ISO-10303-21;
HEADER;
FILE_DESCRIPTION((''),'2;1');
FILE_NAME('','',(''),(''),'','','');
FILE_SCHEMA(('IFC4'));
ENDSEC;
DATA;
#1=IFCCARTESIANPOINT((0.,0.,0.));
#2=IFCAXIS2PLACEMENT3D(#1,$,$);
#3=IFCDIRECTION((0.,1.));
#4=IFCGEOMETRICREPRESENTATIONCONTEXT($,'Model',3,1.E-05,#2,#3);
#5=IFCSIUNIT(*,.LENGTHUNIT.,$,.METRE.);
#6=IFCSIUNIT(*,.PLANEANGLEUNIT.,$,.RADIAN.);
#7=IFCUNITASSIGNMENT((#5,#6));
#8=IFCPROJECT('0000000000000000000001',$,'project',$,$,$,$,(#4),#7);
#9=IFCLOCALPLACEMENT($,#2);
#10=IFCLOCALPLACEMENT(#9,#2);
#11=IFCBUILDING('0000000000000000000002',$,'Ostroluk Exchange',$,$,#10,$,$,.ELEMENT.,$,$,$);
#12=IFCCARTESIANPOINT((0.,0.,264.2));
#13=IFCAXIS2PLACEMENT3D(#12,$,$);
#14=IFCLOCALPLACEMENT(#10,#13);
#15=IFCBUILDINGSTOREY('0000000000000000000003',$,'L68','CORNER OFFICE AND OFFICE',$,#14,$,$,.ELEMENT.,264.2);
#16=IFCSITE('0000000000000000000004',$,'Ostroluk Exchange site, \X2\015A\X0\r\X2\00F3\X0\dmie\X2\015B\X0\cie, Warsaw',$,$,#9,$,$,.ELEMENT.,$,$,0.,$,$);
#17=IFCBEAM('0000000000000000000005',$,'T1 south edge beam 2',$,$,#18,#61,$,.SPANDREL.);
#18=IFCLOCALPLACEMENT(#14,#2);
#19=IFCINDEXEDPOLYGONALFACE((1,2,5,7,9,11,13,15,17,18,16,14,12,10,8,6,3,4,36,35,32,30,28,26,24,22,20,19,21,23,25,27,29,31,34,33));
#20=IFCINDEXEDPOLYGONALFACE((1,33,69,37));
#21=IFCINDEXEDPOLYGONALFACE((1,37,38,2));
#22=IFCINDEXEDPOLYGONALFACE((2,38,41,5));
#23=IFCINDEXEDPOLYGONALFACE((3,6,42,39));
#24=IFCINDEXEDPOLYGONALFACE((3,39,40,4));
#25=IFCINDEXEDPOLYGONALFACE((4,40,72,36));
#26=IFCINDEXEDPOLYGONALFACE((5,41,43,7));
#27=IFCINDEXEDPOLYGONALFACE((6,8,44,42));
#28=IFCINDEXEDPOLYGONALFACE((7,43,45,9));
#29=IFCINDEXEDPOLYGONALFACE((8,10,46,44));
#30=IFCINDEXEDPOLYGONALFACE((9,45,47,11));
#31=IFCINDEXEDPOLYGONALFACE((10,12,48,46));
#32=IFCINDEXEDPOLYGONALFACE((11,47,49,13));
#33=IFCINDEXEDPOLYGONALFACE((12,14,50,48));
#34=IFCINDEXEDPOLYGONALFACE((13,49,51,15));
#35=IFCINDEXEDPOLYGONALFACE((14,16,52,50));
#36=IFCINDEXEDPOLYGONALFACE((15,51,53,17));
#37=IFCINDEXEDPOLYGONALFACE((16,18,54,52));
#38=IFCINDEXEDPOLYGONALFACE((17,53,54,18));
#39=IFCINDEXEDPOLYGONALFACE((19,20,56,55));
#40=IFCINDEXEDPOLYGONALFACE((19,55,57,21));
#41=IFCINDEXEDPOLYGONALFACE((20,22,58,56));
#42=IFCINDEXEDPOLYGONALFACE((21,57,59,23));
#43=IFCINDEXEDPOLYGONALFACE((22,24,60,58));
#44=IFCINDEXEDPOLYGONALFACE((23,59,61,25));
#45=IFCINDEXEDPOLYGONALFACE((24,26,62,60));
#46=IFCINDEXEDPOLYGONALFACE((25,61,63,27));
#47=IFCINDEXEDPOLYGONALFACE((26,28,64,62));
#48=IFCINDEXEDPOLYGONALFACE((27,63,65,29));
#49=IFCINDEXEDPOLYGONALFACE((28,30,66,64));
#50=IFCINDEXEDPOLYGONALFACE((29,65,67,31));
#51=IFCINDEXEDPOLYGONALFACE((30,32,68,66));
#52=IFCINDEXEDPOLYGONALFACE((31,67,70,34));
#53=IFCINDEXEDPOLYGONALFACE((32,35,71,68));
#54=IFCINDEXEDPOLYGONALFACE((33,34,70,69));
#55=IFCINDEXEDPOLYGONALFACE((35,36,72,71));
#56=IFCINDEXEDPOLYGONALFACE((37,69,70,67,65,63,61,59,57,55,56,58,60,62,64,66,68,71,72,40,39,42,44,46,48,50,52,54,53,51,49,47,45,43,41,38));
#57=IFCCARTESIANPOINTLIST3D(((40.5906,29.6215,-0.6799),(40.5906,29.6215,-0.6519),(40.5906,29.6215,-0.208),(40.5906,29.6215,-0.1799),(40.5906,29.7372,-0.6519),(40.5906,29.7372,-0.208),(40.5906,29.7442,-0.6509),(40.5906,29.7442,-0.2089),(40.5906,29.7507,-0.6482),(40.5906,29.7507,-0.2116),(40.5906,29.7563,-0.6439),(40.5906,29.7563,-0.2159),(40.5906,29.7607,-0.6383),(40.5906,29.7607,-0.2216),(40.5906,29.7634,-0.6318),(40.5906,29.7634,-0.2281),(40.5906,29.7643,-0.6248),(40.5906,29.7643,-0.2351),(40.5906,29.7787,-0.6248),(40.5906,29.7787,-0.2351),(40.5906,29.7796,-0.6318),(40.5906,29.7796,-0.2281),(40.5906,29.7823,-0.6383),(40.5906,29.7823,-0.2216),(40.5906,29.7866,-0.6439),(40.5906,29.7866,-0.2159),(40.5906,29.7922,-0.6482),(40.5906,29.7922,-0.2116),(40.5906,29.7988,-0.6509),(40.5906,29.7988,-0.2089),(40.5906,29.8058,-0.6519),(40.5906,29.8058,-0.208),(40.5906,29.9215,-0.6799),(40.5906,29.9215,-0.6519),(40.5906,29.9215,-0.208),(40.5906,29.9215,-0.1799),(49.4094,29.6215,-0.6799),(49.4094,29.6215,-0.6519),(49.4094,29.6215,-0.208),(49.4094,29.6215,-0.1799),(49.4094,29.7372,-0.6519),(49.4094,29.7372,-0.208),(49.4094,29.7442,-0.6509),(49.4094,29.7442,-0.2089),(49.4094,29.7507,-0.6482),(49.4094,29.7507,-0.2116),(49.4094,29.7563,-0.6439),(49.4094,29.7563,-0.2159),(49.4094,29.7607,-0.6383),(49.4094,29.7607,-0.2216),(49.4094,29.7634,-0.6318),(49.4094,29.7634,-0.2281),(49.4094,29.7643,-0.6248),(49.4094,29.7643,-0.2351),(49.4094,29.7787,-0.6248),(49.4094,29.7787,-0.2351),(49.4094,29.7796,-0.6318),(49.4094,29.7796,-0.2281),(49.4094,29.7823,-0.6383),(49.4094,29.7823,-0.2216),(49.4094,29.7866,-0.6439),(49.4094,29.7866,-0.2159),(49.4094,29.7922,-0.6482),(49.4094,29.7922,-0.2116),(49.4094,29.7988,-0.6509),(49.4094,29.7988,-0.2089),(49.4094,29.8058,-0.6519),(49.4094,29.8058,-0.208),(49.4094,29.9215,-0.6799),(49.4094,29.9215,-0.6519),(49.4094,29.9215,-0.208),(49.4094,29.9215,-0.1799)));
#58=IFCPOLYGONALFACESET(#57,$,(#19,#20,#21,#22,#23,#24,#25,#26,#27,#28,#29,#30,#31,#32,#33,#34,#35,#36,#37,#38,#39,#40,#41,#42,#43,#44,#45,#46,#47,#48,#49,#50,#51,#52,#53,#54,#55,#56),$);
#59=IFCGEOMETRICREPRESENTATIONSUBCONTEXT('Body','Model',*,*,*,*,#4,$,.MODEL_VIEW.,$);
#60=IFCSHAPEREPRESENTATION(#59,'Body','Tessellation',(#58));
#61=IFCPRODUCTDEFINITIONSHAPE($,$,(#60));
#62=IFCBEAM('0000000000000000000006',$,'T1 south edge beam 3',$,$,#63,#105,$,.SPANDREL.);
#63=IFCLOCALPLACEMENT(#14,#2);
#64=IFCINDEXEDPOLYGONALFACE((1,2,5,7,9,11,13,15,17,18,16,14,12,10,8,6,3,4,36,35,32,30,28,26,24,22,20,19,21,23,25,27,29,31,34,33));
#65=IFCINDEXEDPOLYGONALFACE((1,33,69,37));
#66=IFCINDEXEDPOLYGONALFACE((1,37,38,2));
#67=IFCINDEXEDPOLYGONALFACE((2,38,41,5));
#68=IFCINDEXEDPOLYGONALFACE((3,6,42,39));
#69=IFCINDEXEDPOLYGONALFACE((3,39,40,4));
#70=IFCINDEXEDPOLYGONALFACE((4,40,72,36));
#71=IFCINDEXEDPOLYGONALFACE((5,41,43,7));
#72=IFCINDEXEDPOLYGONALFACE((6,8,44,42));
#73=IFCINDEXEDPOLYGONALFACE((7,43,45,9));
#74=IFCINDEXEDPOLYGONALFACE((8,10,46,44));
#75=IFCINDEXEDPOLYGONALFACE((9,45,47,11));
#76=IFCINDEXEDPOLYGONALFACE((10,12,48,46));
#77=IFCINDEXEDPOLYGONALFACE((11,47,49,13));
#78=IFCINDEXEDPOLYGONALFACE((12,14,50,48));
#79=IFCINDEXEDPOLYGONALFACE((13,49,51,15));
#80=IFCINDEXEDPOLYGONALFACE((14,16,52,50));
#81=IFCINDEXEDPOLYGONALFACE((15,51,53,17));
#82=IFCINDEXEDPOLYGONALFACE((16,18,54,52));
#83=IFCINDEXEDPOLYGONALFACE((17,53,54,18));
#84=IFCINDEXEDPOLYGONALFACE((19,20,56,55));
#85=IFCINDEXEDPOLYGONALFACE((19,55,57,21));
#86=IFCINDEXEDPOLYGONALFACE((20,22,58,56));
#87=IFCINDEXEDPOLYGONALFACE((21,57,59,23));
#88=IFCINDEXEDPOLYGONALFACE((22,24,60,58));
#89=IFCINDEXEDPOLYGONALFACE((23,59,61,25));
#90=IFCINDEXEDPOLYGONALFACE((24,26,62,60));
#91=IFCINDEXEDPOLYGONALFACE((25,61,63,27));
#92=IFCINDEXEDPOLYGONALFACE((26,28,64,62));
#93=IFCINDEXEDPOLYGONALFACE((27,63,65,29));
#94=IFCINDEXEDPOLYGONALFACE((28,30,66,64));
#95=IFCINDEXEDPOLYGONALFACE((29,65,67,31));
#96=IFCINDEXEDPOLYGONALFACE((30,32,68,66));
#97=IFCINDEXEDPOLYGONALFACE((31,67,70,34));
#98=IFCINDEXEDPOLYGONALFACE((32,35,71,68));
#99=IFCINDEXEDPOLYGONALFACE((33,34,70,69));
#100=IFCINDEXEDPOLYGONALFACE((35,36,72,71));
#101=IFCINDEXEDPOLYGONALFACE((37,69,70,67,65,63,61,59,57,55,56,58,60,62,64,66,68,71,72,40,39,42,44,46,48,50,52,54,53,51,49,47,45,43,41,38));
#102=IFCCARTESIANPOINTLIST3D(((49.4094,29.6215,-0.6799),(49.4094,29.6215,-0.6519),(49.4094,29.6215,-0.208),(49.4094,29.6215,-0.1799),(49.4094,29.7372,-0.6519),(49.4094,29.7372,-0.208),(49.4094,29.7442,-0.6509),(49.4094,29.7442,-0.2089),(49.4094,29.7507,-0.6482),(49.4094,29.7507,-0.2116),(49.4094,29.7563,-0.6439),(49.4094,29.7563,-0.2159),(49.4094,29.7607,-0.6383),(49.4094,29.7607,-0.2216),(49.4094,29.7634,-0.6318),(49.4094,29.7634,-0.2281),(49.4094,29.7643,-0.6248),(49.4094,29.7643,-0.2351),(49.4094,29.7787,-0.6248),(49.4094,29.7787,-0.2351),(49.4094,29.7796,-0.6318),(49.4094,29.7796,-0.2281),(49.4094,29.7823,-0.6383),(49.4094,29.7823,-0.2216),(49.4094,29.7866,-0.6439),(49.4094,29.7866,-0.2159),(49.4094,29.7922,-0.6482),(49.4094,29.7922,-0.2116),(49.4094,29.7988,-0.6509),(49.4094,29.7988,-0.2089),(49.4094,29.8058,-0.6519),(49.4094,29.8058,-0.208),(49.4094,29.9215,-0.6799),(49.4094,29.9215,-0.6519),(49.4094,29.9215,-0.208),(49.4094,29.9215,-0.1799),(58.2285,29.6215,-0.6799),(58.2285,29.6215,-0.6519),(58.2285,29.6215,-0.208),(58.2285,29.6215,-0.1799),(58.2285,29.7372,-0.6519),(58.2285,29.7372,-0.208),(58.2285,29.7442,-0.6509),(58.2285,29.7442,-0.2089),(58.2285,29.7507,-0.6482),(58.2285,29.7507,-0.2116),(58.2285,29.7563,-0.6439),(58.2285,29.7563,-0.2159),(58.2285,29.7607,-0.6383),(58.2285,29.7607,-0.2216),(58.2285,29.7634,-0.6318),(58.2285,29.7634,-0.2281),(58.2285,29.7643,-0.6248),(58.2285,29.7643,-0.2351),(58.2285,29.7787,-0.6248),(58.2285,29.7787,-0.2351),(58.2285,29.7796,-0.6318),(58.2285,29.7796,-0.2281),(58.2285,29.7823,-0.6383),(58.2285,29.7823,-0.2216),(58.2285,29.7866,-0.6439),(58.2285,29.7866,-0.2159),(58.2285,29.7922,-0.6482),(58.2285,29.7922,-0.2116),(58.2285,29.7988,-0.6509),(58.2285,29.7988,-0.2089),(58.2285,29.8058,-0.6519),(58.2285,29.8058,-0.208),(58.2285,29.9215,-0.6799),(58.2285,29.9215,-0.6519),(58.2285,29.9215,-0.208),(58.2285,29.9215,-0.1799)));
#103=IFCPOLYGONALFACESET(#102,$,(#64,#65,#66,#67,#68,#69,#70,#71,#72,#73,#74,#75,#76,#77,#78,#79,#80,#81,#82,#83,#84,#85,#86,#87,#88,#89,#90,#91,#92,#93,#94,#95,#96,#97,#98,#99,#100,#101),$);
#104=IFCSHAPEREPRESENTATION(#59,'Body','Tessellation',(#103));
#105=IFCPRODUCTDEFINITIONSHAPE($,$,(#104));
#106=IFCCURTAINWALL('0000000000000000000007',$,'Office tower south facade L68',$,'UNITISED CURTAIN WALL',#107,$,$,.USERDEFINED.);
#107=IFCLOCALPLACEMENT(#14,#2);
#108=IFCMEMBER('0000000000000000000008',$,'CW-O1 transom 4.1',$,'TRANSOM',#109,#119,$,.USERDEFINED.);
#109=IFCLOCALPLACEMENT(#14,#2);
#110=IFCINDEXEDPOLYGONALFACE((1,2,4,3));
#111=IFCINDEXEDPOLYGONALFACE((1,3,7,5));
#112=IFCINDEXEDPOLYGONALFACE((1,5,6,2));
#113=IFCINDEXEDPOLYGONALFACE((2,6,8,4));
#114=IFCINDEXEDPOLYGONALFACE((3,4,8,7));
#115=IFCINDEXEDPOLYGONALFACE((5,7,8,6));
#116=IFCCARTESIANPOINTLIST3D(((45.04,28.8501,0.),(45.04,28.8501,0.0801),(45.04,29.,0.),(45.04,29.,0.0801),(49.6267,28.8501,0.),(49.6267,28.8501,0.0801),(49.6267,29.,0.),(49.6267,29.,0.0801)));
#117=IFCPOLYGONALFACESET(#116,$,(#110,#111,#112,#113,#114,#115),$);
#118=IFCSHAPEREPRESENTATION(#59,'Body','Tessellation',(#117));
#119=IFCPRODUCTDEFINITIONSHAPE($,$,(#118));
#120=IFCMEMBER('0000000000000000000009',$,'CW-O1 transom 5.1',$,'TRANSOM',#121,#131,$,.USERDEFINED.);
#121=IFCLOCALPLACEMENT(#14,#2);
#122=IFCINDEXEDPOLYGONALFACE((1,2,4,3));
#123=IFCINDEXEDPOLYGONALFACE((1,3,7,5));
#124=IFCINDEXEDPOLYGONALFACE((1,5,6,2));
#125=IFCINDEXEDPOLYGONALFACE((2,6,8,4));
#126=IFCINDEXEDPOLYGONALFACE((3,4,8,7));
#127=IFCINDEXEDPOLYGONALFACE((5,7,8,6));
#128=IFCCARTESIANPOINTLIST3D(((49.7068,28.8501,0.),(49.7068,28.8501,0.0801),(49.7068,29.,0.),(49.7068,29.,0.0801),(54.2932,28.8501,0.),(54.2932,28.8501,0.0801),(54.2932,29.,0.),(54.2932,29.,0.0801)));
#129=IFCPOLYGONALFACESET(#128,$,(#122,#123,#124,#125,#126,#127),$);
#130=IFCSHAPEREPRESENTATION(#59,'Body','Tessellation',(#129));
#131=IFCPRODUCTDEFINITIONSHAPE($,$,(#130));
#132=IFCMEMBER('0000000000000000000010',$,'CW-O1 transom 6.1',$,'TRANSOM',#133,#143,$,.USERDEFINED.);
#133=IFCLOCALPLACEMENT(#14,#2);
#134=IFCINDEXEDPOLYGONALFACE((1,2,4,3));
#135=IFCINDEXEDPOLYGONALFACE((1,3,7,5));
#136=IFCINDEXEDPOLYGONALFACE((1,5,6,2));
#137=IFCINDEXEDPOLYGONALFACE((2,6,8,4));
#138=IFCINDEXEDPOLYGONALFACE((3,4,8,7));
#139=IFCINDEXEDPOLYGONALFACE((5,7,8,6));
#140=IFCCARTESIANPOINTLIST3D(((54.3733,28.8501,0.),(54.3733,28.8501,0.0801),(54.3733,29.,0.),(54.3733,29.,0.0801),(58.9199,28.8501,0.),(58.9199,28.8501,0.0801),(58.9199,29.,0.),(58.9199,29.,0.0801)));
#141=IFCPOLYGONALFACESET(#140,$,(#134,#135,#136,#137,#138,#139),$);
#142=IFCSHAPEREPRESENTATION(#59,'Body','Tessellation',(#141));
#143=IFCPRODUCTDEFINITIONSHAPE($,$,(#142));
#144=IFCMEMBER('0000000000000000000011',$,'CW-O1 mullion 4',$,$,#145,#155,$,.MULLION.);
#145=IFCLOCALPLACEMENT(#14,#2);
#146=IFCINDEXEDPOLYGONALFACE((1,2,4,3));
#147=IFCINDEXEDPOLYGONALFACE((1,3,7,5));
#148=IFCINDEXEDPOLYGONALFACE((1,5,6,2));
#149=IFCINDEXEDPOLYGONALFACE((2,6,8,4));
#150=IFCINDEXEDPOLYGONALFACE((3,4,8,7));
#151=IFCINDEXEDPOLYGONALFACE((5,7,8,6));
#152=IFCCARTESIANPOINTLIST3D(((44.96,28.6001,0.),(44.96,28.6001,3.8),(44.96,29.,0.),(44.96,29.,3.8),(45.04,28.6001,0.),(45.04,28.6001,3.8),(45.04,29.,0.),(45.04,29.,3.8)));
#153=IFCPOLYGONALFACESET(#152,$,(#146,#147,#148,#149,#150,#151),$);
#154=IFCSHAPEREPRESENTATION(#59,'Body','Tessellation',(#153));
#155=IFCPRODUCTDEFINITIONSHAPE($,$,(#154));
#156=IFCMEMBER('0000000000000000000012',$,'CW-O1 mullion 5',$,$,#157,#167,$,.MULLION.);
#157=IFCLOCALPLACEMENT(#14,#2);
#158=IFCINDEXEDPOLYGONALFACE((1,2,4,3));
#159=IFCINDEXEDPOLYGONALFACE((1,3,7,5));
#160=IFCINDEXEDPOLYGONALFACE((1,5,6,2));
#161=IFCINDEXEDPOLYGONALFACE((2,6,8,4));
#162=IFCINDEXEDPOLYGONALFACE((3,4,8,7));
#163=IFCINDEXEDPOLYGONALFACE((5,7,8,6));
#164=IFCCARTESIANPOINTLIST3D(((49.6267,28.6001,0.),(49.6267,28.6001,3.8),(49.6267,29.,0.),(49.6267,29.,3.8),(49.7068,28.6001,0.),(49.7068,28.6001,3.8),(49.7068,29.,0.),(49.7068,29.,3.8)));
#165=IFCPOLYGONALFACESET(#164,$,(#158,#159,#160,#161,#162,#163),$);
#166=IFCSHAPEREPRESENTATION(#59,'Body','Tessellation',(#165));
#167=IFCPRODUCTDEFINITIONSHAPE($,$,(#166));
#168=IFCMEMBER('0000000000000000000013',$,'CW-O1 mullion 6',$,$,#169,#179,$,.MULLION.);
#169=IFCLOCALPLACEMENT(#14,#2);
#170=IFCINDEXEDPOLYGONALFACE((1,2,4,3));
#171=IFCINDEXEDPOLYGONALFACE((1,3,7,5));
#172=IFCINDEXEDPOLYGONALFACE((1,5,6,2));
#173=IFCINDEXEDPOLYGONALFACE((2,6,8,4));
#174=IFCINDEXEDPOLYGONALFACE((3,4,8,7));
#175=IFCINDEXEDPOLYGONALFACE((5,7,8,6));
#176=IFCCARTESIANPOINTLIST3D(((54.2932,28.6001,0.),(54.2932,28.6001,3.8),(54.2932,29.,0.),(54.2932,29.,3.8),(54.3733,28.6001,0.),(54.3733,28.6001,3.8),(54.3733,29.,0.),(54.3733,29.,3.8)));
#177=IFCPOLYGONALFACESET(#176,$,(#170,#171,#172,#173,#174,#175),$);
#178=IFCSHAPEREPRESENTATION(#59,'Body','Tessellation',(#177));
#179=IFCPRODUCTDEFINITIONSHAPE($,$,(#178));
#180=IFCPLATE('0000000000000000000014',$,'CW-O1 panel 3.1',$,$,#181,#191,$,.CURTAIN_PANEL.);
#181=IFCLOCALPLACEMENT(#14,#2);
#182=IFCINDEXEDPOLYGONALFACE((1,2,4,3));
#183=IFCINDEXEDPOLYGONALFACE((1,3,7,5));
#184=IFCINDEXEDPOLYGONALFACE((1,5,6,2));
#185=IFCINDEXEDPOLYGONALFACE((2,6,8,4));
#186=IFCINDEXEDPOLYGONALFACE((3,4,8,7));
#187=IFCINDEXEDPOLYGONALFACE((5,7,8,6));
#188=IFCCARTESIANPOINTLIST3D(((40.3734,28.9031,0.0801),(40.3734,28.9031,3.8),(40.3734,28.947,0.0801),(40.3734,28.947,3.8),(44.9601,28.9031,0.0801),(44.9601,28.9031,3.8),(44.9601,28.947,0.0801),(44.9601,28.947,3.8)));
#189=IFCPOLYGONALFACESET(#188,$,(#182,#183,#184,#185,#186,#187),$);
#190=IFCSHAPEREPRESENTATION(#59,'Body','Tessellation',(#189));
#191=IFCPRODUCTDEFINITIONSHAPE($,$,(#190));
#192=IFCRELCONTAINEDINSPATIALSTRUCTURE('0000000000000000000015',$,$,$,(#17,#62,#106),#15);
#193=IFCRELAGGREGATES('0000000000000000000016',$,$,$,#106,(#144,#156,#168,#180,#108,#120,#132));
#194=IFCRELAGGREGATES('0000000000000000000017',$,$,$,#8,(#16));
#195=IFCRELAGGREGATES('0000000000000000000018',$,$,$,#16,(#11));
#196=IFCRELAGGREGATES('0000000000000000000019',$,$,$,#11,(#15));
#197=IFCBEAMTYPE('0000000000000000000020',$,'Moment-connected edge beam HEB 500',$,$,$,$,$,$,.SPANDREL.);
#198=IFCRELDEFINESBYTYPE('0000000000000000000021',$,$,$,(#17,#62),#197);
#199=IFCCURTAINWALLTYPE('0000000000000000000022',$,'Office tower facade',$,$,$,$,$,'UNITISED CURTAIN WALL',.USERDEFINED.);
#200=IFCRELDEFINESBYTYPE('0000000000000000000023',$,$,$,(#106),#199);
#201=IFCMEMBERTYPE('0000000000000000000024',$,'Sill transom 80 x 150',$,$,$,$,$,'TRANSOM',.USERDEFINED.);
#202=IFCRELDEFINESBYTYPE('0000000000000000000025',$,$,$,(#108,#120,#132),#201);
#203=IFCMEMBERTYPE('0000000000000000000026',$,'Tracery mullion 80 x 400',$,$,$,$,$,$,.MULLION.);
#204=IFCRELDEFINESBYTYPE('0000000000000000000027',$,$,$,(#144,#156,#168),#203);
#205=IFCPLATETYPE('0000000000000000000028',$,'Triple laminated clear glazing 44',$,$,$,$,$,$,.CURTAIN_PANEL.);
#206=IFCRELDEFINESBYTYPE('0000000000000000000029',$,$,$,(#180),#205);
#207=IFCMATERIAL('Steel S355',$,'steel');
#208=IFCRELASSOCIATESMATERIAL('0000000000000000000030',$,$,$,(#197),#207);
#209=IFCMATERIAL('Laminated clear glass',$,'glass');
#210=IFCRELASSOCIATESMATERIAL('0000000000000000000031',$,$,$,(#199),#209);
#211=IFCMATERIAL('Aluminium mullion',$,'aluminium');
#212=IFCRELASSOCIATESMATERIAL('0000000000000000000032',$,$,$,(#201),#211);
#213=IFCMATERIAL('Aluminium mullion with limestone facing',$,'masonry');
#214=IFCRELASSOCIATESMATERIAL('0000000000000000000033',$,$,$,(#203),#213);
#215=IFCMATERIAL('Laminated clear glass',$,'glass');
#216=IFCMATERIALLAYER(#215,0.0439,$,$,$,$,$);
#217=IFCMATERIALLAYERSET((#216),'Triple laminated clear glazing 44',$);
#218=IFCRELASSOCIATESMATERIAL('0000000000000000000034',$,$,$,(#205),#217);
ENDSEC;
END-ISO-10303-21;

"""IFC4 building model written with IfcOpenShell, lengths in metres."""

from ifc_helpers import new_model, si_unit, direction, frame, origin, origin_2d, place, context, subcontext, project, spatial, rectangle, i_section, extrude, material, layer, layer_set, material_profile, profile_set, type_object, element, aggregate, save


model = new_model("IFC4")

# Units and contexts
model_context = context("Model", 3, precision=1e-05, world=origin(), true_north=direction((0.0, 1.0)))
body_context = subcontext(model_context, "Body", "Model", "MODEL_VIEW")
ifc_project = project(units=[si_unit("LENGTHUNIT", "METRE"), si_unit("PLANEANGLEUNIT", "RADIAN")], contexts=[model_context])

# Site, building, storey
site_placement = place(None, origin())
site = spatial("IfcSite", under=ifc_project, at=site_placement, Name="Ostroluk Exchange site, Śródmieście, Warsaw", CompositionType="ELEMENT", RefElevation=0.0)
building_placement = place(site_placement, origin())
building = spatial("IfcBuilding", under=site, at=building_placement, Name="Ostroluk Exchange", CompositionType="ELEMENT")
storey_placement = place(building_placement, frame((0.0, 0.0, 264.2)))
storey = spatial("IfcBuildingStorey", under=building, at=storey_placement, Name="L68", Description="CORNER OFFICE AND OFFICE", CompositionType="ELEMENT", Elevation=264.2)

# Beams
ifc_material_1 = material(Name="Steel S355", Category="steel")
ifc_material_profile_1 = material_profile(ifc_material_1, i_section(OverallWidth=0.3, OverallDepth=0.5, WebThickness=0.0144, FlangeThickness=0.0281, FilletRadius=0.0271, at=origin_2d()), Name="HEB 500")
ifc_profile_set_1 = profile_set([ifc_material_profile_1], Name="Steel S355")
beam_type_1 = type_object("IfcBeamType", Name="Moment-connected edge beam HEB 500", PredefinedType="SPANDREL", material=ifc_profile_set_1)
beam_1_placement = place(storey_placement, frame((40.5906, 29.7715, -0.4299), z_axis=(1.0, 0.0, 0.0), x_axis=(0.0, 1.0, 0.0)))
element("IfcBeam", 1, at=beam_1_placement, inside=storey, type_object=beam_type_1, Name="T1 south edge beam 2", PredefinedType="SPANDREL", context=body_context, shape_type="SweptSolid", body=[
    extrude(i_section(OverallWidth=0.3, OverallDepth=0.5, WebThickness=0.0144, FlangeThickness=0.0281, FilletRadius=0.0271, at=origin_2d()), origin(), (0.0, 0.0, 1.0), 8.8188),
])
beam_2_placement = place(storey_placement, frame((49.4094, 29.7715, -0.4299), z_axis=(1.0, 0.0, 0.0), x_axis=(0.0, 1.0, 0.0)))
element("IfcBeam", 2, at=beam_2_placement, inside=storey, type_object=beam_type_1, Name="T1 south edge beam 3", PredefinedType="SPANDREL", context=body_context, shape_type="SweptSolid", body=[
    extrude(i_section(OverallWidth=0.3, OverallDepth=0.5, WebThickness=0.0144, FlangeThickness=0.0281, FilletRadius=0.0271, at=origin_2d()), origin(), (0.0, 0.0, 1.0), 8.8191),
])

# Curtain wall, members, plate
ifc_material_2 = material(Name="Laminated clear glass", Category="glass")
curtain_wall_type = type_object("IfcCurtainWallType", Name="Office tower facade", ElementType="UNITISED CURTAIN WALL", PredefinedType="USERDEFINED", material=ifc_material_2)
curtain_wall_placement = place(storey_placement, origin())
curtain_wall = element("IfcCurtainWall", 3, at=curtain_wall_placement, inside=storey, type_object=curtain_wall_type, Name="Office tower south facade L68", ObjectType="UNITISED CURTAIN WALL", PredefinedType="USERDEFINED")
ifc_material_3 = material(Name="Aluminium mullion", Category="aluminium")
ifc_material_profile_2 = material_profile(ifc_material_3, rectangle(XDim=0.1499, YDim=0.0801, at=origin_2d()), Name="Sill transom 80 x 150")
ifc_profile_set_2 = profile_set([ifc_material_profile_2], Name="Aluminium mullion")
member_type_1 = type_object("IfcMemberType", Name="Sill transom 80 x 150", ElementType="TRANSOM", PredefinedType="USERDEFINED", material=ifc_profile_set_2)
member_1_placement = place(storey_placement, frame((45.04, 28.925, 0.04), z_axis=(1.0, 0.0, 0.0), x_axis=(0.0, 1.0, 0.0)))
member_1 = element("IfcMember", 4, at=member_1_placement, type_object=member_type_1, Name="CW-O1 transom 4.1", ObjectType="TRANSOM", PredefinedType="USERDEFINED", context=body_context, shape_type="SweptSolid", body=[
    extrude(rectangle(XDim=0.1499, YDim=0.0801, at=origin_2d()), origin(), (0.0, 0.0, 1.0), 4.5867),
])
member_2_placement = place(storey_placement, frame((49.7068, 28.925, 0.04), z_axis=(1.0, 0.0, 0.0), x_axis=(0.0, 1.0, 0.0)))
member_2 = element("IfcMember", 5, at=member_2_placement, type_object=member_type_1, Name="CW-O1 transom 5.1", ObjectType="TRANSOM", PredefinedType="USERDEFINED", context=body_context, shape_type="SweptSolid", body=[
    extrude(rectangle(XDim=0.1499, YDim=0.0801, at=origin_2d()), origin(), (0.0, 0.0, 1.0), 4.5864),
])
member_3_placement = place(storey_placement, frame((54.3733, 28.925, 0.04), z_axis=(1.0, 0.0, 0.0), x_axis=(0.0, 1.0, 0.0)))
member_3 = element("IfcMember", 6, at=member_3_placement, type_object=member_type_1, Name="CW-O1 transom 6.1", ObjectType="TRANSOM", PredefinedType="USERDEFINED", context=body_context, shape_type="SweptSolid", body=[
    extrude(rectangle(XDim=0.1499, YDim=0.0801, at=origin_2d()), origin(), (0.0, 0.0, 1.0), 4.5466),
])
ifc_material_4 = material(Name="Aluminium mullion with limestone facing", Category="masonry")
ifc_material_profile_3 = material_profile(ifc_material_4, rectangle(XDim=0.3999, YDim=0.0801, at=origin_2d()), Name="Tracery mullion 80 x 400")
ifc_profile_set_3 = profile_set([ifc_material_profile_3], Name="Aluminium mullion with limestone facing")
member_type_2 = type_object("IfcMemberType", Name="Tracery mullion 80 x 400", PredefinedType="MULLION", material=ifc_profile_set_3)
member_4_placement = place(storey_placement, frame((45.0, 28.8, 0.0), z_axis=(0.0, 0.0, 1.0), x_axis=(0.0, 1.0, 0.0)))
member_4 = element("IfcMember", 7, at=member_4_placement, type_object=member_type_2, Name="CW-O1 mullion 4", PredefinedType="MULLION", context=body_context, shape_type="SweptSolid", body=[
    extrude(rectangle(XDim=0.3999, YDim=0.0801, at=origin_2d()), origin(), (0.0, 0.0, 1.0), 3.8),
])
member_5_placement = place(storey_placement, frame((49.6667, 28.8, 0.0), z_axis=(0.0, 0.0, 1.0), x_axis=(0.0, 1.0, 0.0)))
member_5 = element("IfcMember", 8, at=member_5_placement, type_object=member_type_2, Name="CW-O1 mullion 5", PredefinedType="MULLION", context=body_context, shape_type="SweptSolid", body=[
    extrude(rectangle(XDim=0.3999, YDim=0.0801, at=origin_2d()), origin(), (0.0, 0.0, 1.0), 3.8),
])
member_6_placement = place(storey_placement, frame((54.3333, 28.8, 0.0), z_axis=(0.0, 0.0, 1.0), x_axis=(0.0, 1.0, 0.0)))
member_6 = element("IfcMember", 9, at=member_6_placement, type_object=member_type_2, Name="CW-O1 mullion 6", PredefinedType="MULLION", context=body_context, shape_type="SweptSolid", body=[
    extrude(rectangle(XDim=0.3999, YDim=0.0801, at=origin_2d()), origin(), (0.0, 0.0, 1.0), 3.8),
])
ifc_material_5 = material(Name="Laminated clear glass", Category="glass")
ifc_layer_1 = layer(ifc_material_5, 0.0439)
ifc_layer_set_1 = layer_set([ifc_layer_1], Name="Triple laminated clear glazing 44")
plate_type = type_object("IfcPlateType", Name="Triple laminated clear glazing 44", PredefinedType="CURTAIN_PANEL", material=ifc_layer_set_1)
plate_1_placement = place(storey_placement, frame((42.6667, 28.925, 0.0801), z_axis=(0.0, 0.0, 1.0), x_axis=(1.0, 0.0, 0.0)))
plate_1 = element("IfcPlate", 10, at=plate_1_placement, type_object=plate_type, Name="CW-O1 panel 3.1", PredefinedType="CURTAIN_PANEL", context=body_context, shape_type="SweptSolid", body=[
    extrude(rectangle(XDim=4.5867, YDim=0.0439, at=origin_2d()), origin(), (0.0, 0.0, 1.0), 3.72),
])
aggregate(curtain_wall, [member_4, member_5, member_6, plate_1, member_1, member_2, member_3])

save(model, "model.ifc")
